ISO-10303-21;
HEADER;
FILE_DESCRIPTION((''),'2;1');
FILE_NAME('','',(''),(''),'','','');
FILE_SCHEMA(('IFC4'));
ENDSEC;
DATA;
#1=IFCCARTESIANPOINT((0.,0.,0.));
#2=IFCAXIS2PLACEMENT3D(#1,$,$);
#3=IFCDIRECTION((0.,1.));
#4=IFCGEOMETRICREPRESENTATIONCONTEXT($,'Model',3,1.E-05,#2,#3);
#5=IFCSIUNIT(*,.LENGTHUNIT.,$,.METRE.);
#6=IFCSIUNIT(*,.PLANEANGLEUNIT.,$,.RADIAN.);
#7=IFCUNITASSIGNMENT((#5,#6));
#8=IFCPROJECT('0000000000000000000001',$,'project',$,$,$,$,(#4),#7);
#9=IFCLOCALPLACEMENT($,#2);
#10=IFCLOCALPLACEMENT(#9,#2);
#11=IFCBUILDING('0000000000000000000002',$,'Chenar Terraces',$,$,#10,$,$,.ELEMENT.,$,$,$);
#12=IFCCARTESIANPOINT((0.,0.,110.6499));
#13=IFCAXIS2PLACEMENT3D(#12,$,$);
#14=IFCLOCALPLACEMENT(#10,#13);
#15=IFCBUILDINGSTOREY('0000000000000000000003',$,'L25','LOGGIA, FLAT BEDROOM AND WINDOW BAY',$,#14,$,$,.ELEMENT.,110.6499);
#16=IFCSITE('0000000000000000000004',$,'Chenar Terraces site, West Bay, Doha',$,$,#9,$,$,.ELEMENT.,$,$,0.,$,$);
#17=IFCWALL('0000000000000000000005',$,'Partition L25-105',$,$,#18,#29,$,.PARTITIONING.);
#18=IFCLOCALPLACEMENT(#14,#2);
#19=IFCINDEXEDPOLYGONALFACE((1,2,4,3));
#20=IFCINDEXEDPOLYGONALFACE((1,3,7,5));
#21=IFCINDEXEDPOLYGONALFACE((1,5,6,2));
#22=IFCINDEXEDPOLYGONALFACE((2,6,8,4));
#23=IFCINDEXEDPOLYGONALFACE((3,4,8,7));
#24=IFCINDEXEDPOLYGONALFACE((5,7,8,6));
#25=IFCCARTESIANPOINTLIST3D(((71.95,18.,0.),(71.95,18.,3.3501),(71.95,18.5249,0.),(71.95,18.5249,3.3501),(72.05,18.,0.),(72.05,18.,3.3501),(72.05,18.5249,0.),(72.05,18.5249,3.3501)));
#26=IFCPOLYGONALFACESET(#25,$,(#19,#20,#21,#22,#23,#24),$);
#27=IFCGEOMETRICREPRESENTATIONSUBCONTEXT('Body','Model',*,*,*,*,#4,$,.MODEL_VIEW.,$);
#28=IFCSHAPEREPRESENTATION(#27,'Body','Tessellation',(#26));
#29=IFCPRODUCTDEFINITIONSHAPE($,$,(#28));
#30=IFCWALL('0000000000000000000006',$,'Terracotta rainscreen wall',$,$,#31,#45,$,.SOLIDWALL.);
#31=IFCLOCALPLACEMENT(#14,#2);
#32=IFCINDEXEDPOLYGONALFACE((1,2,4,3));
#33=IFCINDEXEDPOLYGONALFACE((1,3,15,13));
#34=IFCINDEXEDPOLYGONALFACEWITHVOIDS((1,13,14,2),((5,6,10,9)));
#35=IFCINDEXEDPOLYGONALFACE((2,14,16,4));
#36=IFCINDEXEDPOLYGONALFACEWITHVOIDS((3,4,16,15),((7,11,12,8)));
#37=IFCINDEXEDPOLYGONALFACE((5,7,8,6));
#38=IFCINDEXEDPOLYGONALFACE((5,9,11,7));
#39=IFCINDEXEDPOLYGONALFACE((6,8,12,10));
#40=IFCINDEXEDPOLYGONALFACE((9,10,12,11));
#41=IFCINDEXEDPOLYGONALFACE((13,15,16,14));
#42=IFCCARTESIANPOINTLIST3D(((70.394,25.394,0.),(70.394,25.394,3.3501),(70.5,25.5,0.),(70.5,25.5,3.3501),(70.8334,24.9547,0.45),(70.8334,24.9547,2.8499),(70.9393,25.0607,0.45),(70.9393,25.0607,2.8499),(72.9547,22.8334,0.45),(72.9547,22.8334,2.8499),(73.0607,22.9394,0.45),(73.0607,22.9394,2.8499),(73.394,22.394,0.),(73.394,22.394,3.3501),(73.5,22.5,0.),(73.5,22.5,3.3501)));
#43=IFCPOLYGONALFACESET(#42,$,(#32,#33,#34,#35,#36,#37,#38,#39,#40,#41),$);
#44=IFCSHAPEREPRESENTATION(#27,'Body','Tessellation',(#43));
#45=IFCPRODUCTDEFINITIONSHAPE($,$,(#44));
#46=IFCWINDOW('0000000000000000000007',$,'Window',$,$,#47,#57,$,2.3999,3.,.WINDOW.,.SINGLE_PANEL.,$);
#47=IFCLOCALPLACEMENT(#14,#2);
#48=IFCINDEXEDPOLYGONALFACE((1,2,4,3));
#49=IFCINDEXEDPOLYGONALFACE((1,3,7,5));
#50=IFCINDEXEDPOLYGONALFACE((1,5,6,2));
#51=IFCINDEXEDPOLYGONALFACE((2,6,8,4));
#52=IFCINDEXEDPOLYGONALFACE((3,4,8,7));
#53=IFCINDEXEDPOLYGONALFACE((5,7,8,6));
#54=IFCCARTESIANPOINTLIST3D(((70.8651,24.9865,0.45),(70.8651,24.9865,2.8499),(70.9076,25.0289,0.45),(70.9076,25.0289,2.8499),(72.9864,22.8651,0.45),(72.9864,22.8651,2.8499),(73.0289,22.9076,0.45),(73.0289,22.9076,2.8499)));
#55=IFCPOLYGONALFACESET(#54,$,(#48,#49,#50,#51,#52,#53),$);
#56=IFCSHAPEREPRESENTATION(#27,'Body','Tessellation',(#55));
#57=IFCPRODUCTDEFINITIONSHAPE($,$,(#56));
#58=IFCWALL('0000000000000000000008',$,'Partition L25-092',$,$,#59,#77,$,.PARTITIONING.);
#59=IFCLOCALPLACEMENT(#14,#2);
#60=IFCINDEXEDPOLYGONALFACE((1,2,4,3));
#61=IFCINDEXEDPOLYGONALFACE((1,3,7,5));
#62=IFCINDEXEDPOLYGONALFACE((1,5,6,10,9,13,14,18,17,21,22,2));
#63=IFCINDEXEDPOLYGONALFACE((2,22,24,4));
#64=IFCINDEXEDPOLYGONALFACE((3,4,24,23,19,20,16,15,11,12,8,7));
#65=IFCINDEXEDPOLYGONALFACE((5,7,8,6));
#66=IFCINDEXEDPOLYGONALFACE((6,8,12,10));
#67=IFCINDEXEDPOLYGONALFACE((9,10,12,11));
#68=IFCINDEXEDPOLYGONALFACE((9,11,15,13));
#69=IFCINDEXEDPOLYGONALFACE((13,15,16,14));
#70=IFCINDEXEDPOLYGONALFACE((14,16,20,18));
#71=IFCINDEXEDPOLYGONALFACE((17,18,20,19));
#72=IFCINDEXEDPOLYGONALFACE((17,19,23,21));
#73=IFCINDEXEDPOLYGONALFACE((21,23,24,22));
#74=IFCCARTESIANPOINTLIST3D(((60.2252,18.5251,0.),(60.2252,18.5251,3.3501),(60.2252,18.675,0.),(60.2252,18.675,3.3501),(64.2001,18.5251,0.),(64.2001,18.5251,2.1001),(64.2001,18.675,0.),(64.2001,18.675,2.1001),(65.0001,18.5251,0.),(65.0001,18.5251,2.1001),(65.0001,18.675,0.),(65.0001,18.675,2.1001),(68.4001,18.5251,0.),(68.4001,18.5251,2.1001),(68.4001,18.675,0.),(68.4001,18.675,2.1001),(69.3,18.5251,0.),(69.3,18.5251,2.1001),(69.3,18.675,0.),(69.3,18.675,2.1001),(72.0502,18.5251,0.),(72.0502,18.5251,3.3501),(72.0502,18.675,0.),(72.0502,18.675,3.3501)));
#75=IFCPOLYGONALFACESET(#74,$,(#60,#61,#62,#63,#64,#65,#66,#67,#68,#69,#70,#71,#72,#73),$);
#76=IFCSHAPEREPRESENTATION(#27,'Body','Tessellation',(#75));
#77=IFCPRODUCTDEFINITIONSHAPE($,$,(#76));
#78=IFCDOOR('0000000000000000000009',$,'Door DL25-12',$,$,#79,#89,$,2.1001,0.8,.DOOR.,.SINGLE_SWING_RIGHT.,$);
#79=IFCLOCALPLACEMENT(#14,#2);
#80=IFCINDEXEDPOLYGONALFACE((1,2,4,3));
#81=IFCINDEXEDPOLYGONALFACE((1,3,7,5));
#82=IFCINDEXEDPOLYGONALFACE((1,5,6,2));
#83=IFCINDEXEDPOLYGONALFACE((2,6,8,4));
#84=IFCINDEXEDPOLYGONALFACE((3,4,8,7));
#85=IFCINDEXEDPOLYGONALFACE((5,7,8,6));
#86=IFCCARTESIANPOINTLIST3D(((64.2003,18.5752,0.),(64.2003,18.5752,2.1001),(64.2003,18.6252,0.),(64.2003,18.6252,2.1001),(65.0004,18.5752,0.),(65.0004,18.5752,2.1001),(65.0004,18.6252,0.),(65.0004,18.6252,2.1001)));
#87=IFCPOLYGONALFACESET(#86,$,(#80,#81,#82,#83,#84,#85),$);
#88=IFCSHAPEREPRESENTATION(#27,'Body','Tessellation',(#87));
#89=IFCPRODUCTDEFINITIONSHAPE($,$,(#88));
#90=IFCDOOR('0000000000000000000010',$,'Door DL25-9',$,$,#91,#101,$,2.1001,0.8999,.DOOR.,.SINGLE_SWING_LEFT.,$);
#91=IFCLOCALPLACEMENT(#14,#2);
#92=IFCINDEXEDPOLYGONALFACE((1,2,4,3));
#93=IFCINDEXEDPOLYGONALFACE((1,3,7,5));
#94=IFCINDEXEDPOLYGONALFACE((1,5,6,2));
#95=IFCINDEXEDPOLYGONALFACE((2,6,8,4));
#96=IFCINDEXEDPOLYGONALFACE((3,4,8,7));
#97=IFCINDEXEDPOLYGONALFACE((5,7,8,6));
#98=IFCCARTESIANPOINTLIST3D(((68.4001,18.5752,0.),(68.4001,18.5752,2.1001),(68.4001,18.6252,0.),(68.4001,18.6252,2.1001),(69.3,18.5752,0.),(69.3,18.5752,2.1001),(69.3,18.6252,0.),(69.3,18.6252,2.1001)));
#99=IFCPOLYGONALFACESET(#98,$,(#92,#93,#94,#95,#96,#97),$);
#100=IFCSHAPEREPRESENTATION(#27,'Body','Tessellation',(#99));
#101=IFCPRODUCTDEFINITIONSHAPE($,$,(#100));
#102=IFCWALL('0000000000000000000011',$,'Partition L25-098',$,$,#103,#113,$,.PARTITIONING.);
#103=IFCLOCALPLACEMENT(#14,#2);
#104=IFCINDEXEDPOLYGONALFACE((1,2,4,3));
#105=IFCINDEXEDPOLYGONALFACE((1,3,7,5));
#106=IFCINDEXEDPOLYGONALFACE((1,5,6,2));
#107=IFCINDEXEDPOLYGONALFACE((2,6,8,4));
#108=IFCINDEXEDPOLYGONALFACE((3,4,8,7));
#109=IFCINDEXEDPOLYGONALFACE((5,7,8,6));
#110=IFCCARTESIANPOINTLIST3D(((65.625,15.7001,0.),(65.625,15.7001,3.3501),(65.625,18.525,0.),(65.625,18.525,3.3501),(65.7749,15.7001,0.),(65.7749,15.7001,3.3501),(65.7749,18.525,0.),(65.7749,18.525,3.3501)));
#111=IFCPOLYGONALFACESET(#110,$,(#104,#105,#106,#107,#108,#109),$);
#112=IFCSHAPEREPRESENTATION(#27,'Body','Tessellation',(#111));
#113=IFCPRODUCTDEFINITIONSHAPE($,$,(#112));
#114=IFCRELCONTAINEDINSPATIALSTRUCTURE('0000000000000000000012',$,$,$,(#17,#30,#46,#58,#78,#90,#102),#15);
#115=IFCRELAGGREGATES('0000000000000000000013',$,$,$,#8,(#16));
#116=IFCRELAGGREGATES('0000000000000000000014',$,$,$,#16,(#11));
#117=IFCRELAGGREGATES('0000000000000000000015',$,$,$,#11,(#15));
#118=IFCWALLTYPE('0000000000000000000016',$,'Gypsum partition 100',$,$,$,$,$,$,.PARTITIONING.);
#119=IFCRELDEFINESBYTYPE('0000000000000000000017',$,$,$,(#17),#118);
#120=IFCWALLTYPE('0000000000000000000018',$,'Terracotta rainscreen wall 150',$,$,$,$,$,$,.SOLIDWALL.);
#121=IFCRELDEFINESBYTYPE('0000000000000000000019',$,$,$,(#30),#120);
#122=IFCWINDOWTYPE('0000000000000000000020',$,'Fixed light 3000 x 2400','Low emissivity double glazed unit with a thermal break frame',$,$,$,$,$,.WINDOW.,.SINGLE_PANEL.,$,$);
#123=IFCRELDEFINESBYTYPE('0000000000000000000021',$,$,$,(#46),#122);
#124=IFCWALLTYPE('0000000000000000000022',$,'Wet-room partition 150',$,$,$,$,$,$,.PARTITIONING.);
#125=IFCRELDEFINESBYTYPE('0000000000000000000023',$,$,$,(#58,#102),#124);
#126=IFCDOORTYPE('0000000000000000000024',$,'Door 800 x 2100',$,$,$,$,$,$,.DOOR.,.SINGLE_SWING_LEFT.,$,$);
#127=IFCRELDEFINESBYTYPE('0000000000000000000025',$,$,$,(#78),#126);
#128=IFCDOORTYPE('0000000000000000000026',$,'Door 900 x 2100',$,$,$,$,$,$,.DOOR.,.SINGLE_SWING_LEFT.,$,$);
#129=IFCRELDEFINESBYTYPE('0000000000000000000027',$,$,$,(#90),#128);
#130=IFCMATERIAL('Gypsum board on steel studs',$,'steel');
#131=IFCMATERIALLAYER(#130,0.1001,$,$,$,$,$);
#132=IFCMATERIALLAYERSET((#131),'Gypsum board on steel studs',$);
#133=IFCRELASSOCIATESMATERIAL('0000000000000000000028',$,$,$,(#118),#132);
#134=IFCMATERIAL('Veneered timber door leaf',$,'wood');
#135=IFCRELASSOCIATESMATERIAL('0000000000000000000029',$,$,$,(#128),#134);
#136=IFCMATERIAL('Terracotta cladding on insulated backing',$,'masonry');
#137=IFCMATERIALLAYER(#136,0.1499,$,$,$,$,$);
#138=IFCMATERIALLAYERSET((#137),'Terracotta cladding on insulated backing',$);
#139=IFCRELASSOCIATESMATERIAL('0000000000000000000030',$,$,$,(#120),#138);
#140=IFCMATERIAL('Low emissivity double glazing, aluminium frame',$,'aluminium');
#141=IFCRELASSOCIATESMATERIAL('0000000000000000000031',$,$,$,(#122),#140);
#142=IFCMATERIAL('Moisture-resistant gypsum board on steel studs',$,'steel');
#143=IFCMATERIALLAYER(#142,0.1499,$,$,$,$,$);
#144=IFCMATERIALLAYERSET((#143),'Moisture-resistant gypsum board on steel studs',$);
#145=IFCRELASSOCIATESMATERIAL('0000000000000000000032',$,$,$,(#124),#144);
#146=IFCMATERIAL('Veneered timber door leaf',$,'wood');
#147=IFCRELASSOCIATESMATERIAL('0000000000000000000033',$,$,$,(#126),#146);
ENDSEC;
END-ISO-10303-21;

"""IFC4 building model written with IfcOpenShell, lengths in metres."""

from ifc_helpers import new_model, si_unit, direction, frame, frame_2d, origin, place, context, subcontext, project, spatial, rectangle, extrude, material, layer, layer_set, type_object, element, fill, save


model = new_model("IFC4")

# Units and contexts
model_context = context("Model", 3, precision=1e-05, world=origin(), true_north=direction((0.0, 1.0)))
body_context = subcontext(model_context, "Body", "Model", "MODEL_VIEW")
ifc_project = project(units=[si_unit("LENGTHUNIT", "METRE"), si_unit("PLANEANGLEUNIT", "RADIAN")], contexts=[model_context])

# Site, building, storey
site_placement = place(None, origin())
site = spatial("IfcSite", under=ifc_project, at=site_placement, Name="Chenar Terraces site, West Bay, Doha", CompositionType="ELEMENT", RefElevation=0.0)
building_placement = place(site_placement, origin())
building = spatial("IfcBuilding", under=site, at=building_placement, Name="Chenar Terraces", CompositionType="ELEMENT")
storey_placement = place(building_placement, frame((0.0, 0.0, 110.6499)))
storey = spatial("IfcBuildingStorey", under=building, at=storey_placement, Name="L25", Description="LOGGIA, FLAT BEDROOM AND WINDOW BAY", CompositionType="ELEMENT", Elevation=110.6499)

# Shared definitions
ifc_material_1 = material(Name="Gypsum board on steel studs", Category="steel")
ifc_layer_1 = layer(ifc_material_1, 0.1001)
ifc_layer_set_1 = layer_set([ifc_layer_1], Name="Gypsum board on steel studs")
wall_type_1 = type_object("IfcWallType", Name="Gypsum partition 100", PredefinedType="PARTITIONING", material=ifc_layer_set_1)
ifc_material_2 = material(Name="Veneered timber door leaf", Category="wood")
door_type_1 = type_object("IfcDoorType", Name="Door 900 x 2100", OperationType="SINGLE_SWING_LEFT", PredefinedType="DOOR", material=ifc_material_2)

# Wall
wall_1_placement = place(storey_placement, frame((72.0, 18.0, 0.0), z_axis=(0.0, 0.0, 1.0), x_axis=(0.0, 1.0, 0.0)))
element("IfcWall", 1, at=wall_1_placement, inside=storey, type_object=wall_type_1, Name="Partition L25-105", PredefinedType="PARTITIONING", context=body_context, shape_type="SweptSolid", body=[
    extrude(rectangle(XDim=0.5249, YDim=0.1001, at=frame_2d((0.2625, 0.0))), origin(), (0.0, 0.0, 1.0), 3.3501),
])

# Wall, opening, window
ifc_material_3 = material(Name="Terracotta cladding on insulated backing", Category="masonry")
ifc_layer_2 = layer(ifc_material_3, 0.1499)
ifc_layer_set_2 = layer_set([ifc_layer_2], Name="Terracotta cladding on insulated backing")
wall_type_2 = type_object("IfcWallType", Name="Terracotta rainscreen wall 150", PredefinedType="SOLIDWALL", material=ifc_layer_set_2)
wall_2_placement = place(storey_placement, frame((73.447, 22.447, 0.0), z_axis=(0.0, 0.0, 1.0), x_axis=(-0.707107, 0.707107, 0.0)))
wall_2 = element("IfcWall", 2, at=wall_2_placement, inside=storey, type_object=wall_type_2, Name="Terracotta rainscreen wall", PredefinedType="SOLIDWALL", context=body_context, shape_type="SweptSolid", body=[
    extrude(rectangle(XDim=4.2427, YDim=0.1499, at=frame_2d((2.1213, 0.0))), origin(), (0.0, 0.0, 1.0), 3.3501),
])
opening_1_placement = place(wall_2_placement, frame((0.6213, 0.0, 0.45)))
opening_1 = element("IfcOpeningElement", 3, at=opening_1_placement, cuts=wall_2, PredefinedType="OPENING", context=body_context, shape_type="SweptSolid", body=[
    extrude(rectangle(XDim=3.0, YDim=2.3999, at=frame_2d((1.5, 1.2))), frame((0.0, 0.085, 0.0), z_axis=(0.0, -1.0, 0.0), x_axis=(1.0, 0.0, 0.0)), (0.0, 0.0, 1.0), 0.1699),
])
ifc_material_4 = material(Name="Low emissivity double glazing, aluminium frame", Category="aluminium")
window_type_1 = type_object("IfcWindowType", Name="Fixed light 3000 x 2400", Description="Low emissivity double glazed unit with a thermal break frame", PartitioningType="SINGLE_PANEL", PredefinedType="WINDOW", material=ifc_material_4)
window_1_placement = place(opening_1_placement, origin())
window_1 = element("IfcWindow", 4, at=window_1_placement, inside=storey, type_object=window_type_1, Name="Window", OverallHeight=2.3999, OverallWidth=3.0, PartitioningType="SINGLE_PANEL", PredefinedType="WINDOW", context=body_context, shape_type="SweptSolid", body=[
    extrude(rectangle(XDim=3.0, YDim=2.3999, at=frame_2d((1.5, 1.2))), frame((0.0, 0.03, 0.0), z_axis=(0.0, -1.0, 0.0), x_axis=(1.0, 0.0, 0.0)), (0.0, 0.0, 1.0), 0.0601),
])
fill(opening_1, window_1)

# Wall, openings, doors
ifc_material_5 = material(Name="Moisture-resistant gypsum board on steel studs", Category="steel")
ifc_layer_3 = layer(ifc_material_5, 0.1499)
ifc_layer_set_3 = layer_set([ifc_layer_3], Name="Moisture-resistant gypsum board on steel studs")
wall_type_3 = type_object("IfcWallType", Name="Wet-room partition 150", PredefinedType="PARTITIONING", material=ifc_layer_set_3)
wall_3_placement = place(storey_placement, frame((60.2251, 18.6001, 0.0), z_axis=(0.0, 0.0, 1.0), x_axis=(1.0, 0.0, 0.0)))
wall_3 = element("IfcWall", 5, at=wall_3_placement, inside=storey, type_object=wall_type_3, Name="Partition L25-092", PredefinedType="PARTITIONING", context=body_context, shape_type="SweptSolid", body=[
    extrude(rectangle(XDim=11.825, YDim=0.1499, at=frame_2d((5.9126, 0.0))), origin(), (0.0, 0.0, 1.0), 3.3501),
])
opening_2_placement = place(wall_3_placement, frame((8.175, 0.0, 0.0)))
opening_2 = element("IfcOpeningElement", 6, at=opening_2_placement, cuts=wall_3, PredefinedType="OPENING", context=body_context, shape_type="SweptSolid", body=[
    extrude(rectangle(XDim=0.8999, YDim=2.1001, at=frame_2d((0.45, 1.05))), frame((0.0, 0.085, 0.0), z_axis=(0.0, -1.0, 0.0), x_axis=(1.0, 0.0, 0.0)), (0.0, 0.0, 1.0), 0.1699),
])
opening_3_placement = place(wall_3_placement, frame((3.9751, 0.0, 0.0)))
opening_3 = element("IfcOpeningElement", 7, at=opening_3_placement, cuts=wall_3, PredefinedType="OPENING", context=body_context, shape_type="SweptSolid", body=[
    extrude(rectangle(XDim=0.8, YDim=2.1001, at=frame_2d((0.3999, 1.05))), frame((0.0, 0.085, 0.0), z_axis=(0.0, -1.0, 0.0), x_axis=(1.0, 0.0, 0.0)), (0.0, 0.0, 1.0), 0.1699),
])
ifc_material_6 = material(Name="Veneered timber door leaf", Category="wood")
door_type_2 = type_object("IfcDoorType", Name="Door 800 x 2100", OperationType="SINGLE_SWING_LEFT", PredefinedType="DOOR", material=ifc_material_6)
door_1_placement = place(opening_3_placement, frame((0.8, 0.0, 0.0), z_axis=(0.0, 0.0, 1.0), x_axis=(-1.0, 0.0, 0.0)))
door_1 = element("IfcDoor", 8, at=door_1_placement, inside=storey, type_object=door_type_2, Name="Door DL25-12", OperationType="SINGLE_SWING_RIGHT", OverallHeight=2.1001, OverallWidth=0.8, PredefinedType="DOOR", context=body_context, shape_type="SweptSolid", body=[
    extrude(rectangle(XDim=0.8, YDim=2.1001, at=frame_2d((0.3999, 1.05))), frame((0.0, 0.0249, 0.0), z_axis=(0.0, -1.0, 0.0), x_axis=(1.0, 0.0, 0.0)), (0.0, 0.0, 1.0), 0.05),
])
fill(opening_3, door_1)
door_2_placement = place(opening_2_placement, frame((0.8999, 0.0, 0.0), z_axis=(0.0, 0.0, 1.0), x_axis=(-1.0, 0.0, 0.0)))
door_2 = element("IfcDoor", 9, at=door_2_placement, inside=storey, type_object=door_type_1, Name="Door DL25-9", OperationType="SINGLE_SWING_LEFT", OverallHeight=2.1001, OverallWidth=0.8999, PredefinedType="DOOR", context=body_context, shape_type="SweptSolid", body=[
    extrude(rectangle(XDim=0.8999, YDim=2.1001, at=frame_2d((0.45, 1.05))), frame((0.0, 0.0249, 0.0), z_axis=(0.0, -1.0, 0.0), x_axis=(1.0, 0.0, 0.0)), (0.0, 0.0, 1.0), 0.05),
])
fill(opening_2, door_2)

# Wall
wall_4_placement = place(storey_placement, frame((65.7, 15.7, 0.0), z_axis=(0.0, 0.0, 1.0), x_axis=(0.0, 1.0, 0.0)))
element("IfcWall", 10, at=wall_4_placement, inside=storey, type_object=wall_type_3, Name="Partition L25-098", PredefinedType="PARTITIONING", context=body_context, shape_type="SweptSolid", body=[
    extrude(rectangle(XDim=2.825, YDim=0.1499, at=frame_2d((1.4126, 0.0))), origin(), (0.0, 0.0, 1.0), 3.3501),
])

save(model, "model.ifc")
